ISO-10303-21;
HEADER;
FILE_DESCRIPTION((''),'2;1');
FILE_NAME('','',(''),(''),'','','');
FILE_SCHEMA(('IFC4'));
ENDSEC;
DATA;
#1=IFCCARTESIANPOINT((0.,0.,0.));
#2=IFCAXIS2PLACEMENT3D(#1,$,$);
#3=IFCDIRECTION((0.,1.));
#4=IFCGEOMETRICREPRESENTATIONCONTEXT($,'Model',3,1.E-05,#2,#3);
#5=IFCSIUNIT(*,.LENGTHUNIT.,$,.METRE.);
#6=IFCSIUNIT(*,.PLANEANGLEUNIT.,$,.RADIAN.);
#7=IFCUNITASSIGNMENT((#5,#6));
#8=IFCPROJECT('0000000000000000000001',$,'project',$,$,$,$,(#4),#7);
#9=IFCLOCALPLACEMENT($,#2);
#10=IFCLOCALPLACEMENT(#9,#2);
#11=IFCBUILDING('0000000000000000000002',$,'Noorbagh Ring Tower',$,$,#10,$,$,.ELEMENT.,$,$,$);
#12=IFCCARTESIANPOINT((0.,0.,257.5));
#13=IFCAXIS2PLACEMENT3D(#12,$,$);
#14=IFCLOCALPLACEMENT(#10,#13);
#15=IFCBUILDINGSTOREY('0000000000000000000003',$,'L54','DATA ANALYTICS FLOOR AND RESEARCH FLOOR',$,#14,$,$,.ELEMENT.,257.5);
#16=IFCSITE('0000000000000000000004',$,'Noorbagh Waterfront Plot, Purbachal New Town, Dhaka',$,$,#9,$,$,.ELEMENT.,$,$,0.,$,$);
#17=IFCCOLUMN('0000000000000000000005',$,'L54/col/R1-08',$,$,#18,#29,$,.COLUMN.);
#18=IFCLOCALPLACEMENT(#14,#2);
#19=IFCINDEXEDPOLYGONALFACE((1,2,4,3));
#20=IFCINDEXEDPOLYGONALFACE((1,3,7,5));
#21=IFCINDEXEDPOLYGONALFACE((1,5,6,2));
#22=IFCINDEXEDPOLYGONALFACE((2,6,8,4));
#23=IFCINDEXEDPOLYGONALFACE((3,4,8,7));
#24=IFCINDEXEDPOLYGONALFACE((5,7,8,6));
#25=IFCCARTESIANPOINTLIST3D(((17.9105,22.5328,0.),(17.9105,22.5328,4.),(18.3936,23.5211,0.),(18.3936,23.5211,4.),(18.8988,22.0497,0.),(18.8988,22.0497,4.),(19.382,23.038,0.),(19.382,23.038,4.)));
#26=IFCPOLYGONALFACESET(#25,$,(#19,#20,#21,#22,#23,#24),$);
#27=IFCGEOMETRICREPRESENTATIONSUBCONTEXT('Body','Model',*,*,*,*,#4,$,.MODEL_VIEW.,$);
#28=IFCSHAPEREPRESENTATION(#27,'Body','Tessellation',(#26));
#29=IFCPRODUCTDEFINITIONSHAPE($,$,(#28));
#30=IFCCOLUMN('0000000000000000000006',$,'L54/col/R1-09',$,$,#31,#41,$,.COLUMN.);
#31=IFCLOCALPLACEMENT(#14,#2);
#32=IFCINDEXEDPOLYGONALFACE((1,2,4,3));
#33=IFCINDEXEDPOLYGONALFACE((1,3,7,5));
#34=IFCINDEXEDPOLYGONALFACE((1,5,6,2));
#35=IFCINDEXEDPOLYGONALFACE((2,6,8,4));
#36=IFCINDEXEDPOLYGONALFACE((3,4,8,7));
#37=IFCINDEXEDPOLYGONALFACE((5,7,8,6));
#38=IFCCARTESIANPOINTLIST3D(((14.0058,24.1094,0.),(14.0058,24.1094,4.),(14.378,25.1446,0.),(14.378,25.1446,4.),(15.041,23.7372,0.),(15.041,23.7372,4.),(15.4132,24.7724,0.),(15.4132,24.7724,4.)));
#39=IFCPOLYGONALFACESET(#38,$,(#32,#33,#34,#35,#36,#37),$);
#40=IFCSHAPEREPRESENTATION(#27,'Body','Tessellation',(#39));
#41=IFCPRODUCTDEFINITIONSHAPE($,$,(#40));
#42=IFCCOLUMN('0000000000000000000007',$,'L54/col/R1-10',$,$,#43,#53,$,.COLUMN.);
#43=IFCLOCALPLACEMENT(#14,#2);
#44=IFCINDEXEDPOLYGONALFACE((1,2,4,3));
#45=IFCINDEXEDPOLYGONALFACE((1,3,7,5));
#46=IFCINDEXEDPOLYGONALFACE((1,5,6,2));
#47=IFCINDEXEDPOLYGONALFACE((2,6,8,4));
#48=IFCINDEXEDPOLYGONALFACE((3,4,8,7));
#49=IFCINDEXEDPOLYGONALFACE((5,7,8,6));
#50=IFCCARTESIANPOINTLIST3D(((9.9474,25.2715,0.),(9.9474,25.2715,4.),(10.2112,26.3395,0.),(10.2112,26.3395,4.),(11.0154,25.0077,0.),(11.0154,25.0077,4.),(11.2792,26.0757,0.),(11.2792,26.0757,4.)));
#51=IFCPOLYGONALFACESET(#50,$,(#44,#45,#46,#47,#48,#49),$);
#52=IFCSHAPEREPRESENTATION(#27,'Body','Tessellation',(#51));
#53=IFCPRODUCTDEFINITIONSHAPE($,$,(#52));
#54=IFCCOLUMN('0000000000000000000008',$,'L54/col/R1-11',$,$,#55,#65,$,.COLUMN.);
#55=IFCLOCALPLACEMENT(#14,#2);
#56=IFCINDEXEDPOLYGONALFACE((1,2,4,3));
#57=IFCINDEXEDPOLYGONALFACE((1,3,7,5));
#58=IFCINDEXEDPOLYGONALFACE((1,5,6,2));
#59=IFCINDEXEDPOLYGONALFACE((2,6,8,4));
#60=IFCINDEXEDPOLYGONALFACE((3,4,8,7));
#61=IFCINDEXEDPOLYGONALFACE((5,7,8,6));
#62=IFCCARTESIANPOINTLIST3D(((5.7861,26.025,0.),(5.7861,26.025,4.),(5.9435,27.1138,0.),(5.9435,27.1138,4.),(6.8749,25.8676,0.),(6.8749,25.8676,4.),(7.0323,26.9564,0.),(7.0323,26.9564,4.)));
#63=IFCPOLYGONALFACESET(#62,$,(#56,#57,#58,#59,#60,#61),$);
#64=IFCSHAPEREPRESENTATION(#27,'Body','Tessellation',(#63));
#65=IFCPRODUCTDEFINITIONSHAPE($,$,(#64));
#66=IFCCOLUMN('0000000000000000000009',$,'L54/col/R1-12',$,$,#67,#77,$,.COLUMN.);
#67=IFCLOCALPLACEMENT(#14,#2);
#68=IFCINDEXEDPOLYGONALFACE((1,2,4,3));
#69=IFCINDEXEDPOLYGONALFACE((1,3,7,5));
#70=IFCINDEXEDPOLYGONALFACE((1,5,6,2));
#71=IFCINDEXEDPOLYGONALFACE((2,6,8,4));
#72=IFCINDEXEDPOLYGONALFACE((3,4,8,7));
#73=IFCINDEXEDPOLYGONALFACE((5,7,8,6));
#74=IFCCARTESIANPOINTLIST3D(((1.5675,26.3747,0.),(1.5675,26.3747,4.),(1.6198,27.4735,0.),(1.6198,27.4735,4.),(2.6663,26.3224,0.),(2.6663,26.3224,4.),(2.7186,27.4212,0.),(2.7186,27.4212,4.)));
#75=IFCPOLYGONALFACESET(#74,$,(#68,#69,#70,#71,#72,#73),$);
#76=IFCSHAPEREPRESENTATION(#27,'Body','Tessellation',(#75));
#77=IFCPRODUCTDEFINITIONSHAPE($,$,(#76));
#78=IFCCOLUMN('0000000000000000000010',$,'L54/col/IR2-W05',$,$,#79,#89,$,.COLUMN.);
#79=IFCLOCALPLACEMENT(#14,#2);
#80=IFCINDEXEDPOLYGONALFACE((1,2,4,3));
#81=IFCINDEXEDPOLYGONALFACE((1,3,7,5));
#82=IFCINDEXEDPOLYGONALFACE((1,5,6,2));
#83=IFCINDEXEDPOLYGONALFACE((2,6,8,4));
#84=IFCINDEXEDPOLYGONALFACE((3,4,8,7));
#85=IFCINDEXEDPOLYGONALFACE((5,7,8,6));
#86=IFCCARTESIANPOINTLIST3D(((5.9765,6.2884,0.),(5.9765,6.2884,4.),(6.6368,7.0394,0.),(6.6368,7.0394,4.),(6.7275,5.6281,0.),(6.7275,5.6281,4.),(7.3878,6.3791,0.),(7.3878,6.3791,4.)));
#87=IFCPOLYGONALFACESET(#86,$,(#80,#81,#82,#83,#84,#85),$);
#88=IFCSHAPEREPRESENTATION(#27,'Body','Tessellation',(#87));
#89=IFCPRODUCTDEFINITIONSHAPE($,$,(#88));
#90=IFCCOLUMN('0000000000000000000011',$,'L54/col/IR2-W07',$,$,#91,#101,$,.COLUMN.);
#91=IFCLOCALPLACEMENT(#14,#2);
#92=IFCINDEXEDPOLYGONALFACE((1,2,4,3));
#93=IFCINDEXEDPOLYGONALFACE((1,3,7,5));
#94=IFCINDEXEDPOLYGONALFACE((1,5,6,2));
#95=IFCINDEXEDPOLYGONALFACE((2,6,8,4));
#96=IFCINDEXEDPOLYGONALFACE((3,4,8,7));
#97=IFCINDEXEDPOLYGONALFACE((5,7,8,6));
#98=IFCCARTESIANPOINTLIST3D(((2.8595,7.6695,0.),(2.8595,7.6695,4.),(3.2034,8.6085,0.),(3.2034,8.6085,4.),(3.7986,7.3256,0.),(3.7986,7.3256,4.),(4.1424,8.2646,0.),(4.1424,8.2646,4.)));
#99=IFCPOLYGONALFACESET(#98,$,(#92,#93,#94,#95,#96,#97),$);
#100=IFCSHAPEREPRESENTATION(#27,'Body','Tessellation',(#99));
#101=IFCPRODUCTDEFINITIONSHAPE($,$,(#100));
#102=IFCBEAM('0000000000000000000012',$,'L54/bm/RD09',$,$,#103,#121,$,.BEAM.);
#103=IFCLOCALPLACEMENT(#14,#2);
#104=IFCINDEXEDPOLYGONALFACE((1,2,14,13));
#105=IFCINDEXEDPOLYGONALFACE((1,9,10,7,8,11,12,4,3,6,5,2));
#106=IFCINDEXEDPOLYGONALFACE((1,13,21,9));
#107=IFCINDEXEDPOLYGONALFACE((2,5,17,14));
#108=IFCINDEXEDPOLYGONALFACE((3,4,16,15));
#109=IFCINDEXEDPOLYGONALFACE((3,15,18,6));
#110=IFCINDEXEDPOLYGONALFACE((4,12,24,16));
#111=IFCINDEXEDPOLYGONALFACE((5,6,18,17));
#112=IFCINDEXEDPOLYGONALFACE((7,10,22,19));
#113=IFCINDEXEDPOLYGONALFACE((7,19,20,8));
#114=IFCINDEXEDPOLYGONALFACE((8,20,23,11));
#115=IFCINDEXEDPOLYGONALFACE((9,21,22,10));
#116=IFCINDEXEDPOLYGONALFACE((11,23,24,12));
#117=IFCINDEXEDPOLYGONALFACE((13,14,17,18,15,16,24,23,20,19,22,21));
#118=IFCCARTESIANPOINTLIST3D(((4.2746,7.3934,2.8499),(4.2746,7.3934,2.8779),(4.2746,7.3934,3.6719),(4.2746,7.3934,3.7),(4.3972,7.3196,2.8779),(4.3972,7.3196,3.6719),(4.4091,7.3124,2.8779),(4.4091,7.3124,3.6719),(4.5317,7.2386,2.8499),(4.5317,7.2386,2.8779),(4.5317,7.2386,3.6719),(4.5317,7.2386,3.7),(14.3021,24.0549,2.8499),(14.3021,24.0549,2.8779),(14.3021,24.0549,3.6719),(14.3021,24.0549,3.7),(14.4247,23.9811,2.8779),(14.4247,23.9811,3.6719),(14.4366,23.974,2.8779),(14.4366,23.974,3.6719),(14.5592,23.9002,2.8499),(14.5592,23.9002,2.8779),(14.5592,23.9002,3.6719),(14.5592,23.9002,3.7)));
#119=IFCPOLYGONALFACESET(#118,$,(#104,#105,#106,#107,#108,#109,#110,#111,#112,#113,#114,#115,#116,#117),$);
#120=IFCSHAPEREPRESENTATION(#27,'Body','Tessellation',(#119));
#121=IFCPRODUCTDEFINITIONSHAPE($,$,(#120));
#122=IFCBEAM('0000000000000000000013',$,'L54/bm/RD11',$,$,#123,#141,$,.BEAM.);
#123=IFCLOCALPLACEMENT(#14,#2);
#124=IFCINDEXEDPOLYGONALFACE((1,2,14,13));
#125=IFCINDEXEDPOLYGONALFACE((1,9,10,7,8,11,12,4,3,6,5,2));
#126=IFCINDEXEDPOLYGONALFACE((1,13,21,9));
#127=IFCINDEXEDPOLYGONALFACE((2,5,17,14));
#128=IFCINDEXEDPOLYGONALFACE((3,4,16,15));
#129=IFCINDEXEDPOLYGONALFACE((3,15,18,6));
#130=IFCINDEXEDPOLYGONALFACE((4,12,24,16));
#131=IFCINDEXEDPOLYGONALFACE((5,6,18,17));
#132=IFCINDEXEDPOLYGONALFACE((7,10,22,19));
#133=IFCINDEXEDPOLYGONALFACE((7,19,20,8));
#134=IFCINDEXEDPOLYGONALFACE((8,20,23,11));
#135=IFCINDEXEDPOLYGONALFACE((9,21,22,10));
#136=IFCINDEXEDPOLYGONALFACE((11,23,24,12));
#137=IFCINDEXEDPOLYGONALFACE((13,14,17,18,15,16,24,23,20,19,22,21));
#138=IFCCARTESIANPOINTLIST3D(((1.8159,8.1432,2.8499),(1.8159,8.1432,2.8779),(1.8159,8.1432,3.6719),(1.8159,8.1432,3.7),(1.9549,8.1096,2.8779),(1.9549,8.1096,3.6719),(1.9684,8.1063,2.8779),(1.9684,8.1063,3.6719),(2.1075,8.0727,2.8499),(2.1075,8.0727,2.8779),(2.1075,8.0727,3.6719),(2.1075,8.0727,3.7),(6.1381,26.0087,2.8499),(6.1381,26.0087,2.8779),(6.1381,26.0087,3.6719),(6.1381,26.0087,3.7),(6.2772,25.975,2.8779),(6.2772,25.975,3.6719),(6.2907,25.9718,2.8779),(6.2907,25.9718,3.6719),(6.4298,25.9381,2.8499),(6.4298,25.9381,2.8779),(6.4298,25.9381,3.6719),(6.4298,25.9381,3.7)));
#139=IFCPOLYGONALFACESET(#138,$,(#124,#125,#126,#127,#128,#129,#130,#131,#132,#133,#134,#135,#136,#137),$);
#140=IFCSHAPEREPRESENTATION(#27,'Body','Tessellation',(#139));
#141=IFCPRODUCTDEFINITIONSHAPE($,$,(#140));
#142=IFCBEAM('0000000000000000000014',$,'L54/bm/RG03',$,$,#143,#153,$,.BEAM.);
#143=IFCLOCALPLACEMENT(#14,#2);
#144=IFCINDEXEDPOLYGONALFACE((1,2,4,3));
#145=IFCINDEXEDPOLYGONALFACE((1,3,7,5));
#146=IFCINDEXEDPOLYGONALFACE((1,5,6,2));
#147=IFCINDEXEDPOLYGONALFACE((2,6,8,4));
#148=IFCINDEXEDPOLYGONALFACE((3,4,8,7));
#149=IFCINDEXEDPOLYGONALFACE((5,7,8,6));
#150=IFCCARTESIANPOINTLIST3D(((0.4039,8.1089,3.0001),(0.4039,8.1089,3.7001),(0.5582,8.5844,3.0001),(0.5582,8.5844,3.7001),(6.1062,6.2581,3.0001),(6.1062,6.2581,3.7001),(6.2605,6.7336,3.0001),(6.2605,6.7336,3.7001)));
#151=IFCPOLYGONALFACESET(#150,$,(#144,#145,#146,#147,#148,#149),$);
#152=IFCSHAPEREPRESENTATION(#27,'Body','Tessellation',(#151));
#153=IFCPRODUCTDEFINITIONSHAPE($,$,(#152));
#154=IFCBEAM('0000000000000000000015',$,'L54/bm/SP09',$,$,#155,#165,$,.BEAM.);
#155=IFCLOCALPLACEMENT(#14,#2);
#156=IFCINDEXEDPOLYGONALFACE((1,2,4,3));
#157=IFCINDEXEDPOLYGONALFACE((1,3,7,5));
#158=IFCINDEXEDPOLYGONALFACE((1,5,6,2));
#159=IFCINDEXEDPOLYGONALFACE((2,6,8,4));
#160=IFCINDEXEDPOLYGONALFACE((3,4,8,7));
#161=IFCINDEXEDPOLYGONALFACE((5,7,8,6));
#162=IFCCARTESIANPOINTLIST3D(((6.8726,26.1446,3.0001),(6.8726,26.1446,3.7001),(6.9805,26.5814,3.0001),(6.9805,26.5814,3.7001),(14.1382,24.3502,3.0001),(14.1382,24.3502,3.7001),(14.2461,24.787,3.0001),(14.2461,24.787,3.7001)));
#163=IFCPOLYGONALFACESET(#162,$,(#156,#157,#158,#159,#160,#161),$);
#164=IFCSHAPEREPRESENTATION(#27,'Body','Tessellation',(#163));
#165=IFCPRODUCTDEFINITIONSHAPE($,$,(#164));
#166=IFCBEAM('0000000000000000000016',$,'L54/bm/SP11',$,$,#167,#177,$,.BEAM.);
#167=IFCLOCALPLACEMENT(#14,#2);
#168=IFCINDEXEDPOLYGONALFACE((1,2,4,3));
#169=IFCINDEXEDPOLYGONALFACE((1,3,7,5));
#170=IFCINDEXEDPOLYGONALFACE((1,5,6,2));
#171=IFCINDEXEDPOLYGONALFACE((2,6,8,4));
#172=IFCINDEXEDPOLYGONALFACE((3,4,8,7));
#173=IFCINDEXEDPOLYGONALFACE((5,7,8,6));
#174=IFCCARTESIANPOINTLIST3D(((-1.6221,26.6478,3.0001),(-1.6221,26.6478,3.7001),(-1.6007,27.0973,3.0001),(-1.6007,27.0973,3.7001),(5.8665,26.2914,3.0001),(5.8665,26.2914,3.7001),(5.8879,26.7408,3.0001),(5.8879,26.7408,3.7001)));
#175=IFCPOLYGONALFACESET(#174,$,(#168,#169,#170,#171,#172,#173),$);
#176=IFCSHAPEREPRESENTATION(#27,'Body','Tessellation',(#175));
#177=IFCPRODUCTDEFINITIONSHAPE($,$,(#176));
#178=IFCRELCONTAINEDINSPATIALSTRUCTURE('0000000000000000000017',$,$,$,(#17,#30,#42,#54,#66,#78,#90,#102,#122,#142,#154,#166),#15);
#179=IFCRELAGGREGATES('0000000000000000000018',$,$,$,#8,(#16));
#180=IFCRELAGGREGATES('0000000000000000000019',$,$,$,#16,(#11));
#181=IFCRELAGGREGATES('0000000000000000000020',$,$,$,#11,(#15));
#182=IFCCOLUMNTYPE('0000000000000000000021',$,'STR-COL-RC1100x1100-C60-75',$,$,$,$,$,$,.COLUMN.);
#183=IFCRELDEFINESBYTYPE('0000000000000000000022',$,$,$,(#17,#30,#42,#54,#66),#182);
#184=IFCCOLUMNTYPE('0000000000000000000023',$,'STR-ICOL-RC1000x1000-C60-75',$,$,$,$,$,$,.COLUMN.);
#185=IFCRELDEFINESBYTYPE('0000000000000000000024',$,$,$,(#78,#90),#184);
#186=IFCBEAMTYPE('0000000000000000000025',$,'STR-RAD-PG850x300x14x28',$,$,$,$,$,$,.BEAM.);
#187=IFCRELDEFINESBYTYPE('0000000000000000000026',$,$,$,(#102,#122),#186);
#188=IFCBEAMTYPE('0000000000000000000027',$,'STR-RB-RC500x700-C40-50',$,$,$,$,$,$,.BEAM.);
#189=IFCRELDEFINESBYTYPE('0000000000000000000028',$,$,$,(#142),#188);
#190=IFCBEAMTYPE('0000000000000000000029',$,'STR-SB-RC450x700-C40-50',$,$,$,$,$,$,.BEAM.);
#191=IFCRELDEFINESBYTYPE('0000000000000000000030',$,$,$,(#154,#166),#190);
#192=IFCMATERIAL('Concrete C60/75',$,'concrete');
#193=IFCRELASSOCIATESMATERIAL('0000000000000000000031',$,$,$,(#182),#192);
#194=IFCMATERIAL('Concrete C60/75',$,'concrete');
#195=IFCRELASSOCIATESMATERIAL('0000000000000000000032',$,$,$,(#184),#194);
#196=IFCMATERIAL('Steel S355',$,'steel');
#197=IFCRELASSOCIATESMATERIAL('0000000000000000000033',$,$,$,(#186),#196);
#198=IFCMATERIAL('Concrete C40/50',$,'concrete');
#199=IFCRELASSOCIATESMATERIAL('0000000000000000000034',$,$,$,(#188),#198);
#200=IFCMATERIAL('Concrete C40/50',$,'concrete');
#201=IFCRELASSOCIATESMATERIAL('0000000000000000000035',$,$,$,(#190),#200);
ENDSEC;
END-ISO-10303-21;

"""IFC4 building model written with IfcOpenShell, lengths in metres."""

from ifc_helpers import new_model, si_unit, direction, frame, origin, origin_2d, place, context, subcontext, project, spatial, rectangle, i_section, extrude, material, material_profile, profile_set, type_object, element, save


model = new_model("IFC4")

# Units and contexts
model_context = context("Model", 3, precision=1e-05, world=origin(), true_north=direction((0.0, 1.0)))
body_context = subcontext(model_context, "Body", "Model", "MODEL_VIEW")
ifc_project = project(units=[si_unit("LENGTHUNIT", "METRE"), si_unit("PLANEANGLEUNIT", "RADIAN")], contexts=[model_context])

# Site, building, storey
site_placement = place(None, origin())
site = spatial("IfcSite", under=ifc_project, at=site_placement, Name="Noorbagh Waterfront Plot, Purbachal New Town, Dhaka", CompositionType="ELEMENT", RefElevation=0.0)
building_placement = place(site_placement, origin())
building = spatial("IfcBuilding", under=site, at=building_placement, Name="Noorbagh Ring Tower", CompositionType="ELEMENT")
storey_placement = place(building_placement, frame((0.0, 0.0, 257.5)))
storey = spatial("IfcBuildingStorey", under=building, at=storey_placement, Name="L54", Description="DATA ANALYTICS FLOOR AND RESEARCH FLOOR", CompositionType="ELEMENT", Elevation=257.5)

# Columns
ifc_material_1 = material(Name="Concrete C60/75", Category="concrete")
ifc_material_profile_1 = material_profile(ifc_material_1, rectangle(XDim=1.1001, YDim=1.1001, at=origin_2d()), Name="RC1100x1100")
ifc_profile_set_1 = profile_set([ifc_material_profile_1], Name="Concrete C60/75")
column_type_1 = type_object("IfcColumnType", Name="STR-COL-RC1100x1100-C60-75", PredefinedType="COLUMN", material=ifc_profile_set_1)
for number, where, z_axis, x_axis, name in (
    (1, (18.6462, 22.7854, 0.0), (0.0, 0.0, 1.0), (-0.898399, 0.43918, 0.0), "L54/col/R1-08"),
    (2, (14.7095, 24.4409, 0.0), (0.0, 0.0, 1.0), (-0.941025, 0.338338, 0.0), "L54/col/R1-09"),
    (3, (10.6133, 25.6736, 0.0), (0.0, 0.0, 1.0), (-0.970829, 0.239771, 0.0), "L54/col/R1-10"),
    (4, (6.4092, 26.4907, 0.0), (0.0, 0.0, 1.0), (-0.989713, 0.143066, 0.0), "L54/col/R1-11"),
    (5, (2.1431, 26.8979, 0.0), (0.0, 0.0, 1.0), (-0.998869, 0.047553, 0.0), "L54/col/R1-12"),
):
    element("IfcColumn", number, at=place(storey_placement, frame(where, z_axis=z_axis, x_axis=x_axis)), inside=storey, type_object=column_type_1, Name=name, PredefinedType="COLUMN", context=body_context, shape_type="SweptSolid", body=[
        extrude(rectangle(XDim=1.1001, YDim=1.1001, at=origin_2d()), origin(), (0.0, 0.0, 1.0), 4.0),
    ])
ifc_material_2 = material(Name="Concrete C60/75", Category="concrete")
ifc_material_profile_2 = material_profile(ifc_material_2, rectangle(XDim=1.0, YDim=1.0, at=origin_2d()), Name="RC1000x1000")
ifc_profile_set_2 = profile_set([ifc_material_profile_2], Name="Concrete C60/75")
column_type_2 = type_object("IfcColumnType", Name="STR-ICOL-RC1000x1000-C60-75", PredefinedType="COLUMN", material=ifc_profile_set_2)
for number, where, z_axis, x_axis, name in (
    (6, (6.6821, 6.3337, 0.0), (0.0, 0.0, 1.0), (-0.751022, 0.660277, 0.0), "L54/col/IR2-W05"),
    (7, (3.501, 7.967, 0.0), (0.0, 0.0, 1.0), (-0.93902, 0.343864, 0.0), "L54/col/IR2-W07"),
):
    element("IfcColumn", number, at=place(storey_placement, frame(where, z_axis=z_axis, x_axis=x_axis)), inside=storey, type_object=column_type_2, Name=name, PredefinedType="COLUMN", context=body_context, shape_type="SweptSolid", body=[
        extrude(rectangle(XDim=1.0, YDim=1.0, at=origin_2d()), origin(), (0.0, 0.0, 1.0), 4.0),
    ])

# Beams
ifc_material_3 = material(Name="Steel S355", Category="steel")
ifc_material_profile_3 = material_profile(ifc_material_3, i_section(OverallWidth=0.3, OverallDepth=0.8501, WebThickness=0.0139, FlangeThickness=0.0281, at=origin_2d()), Name="PG850x300x14x28")
ifc_profile_set_3 = profile_set([ifc_material_profile_3], Name="Steel S355")
beam_type_1 = type_object("IfcBeamType", Name="STR-RAD-PG850x300x14x28", PredefinedType="BEAM", material=ifc_profile_set_3)
beam_1_placement = place(storey_placement, frame((14.4307, 23.9775, 3.2749), z_axis=(-0.515653, -0.856798, 0.0), x_axis=(0.856798, -0.515653, 0.0)))
element("IfcBeam", 8, at=beam_1_placement, inside=storey, type_object=beam_type_1, Name="L54/bm/RD09", PredefinedType="BEAM", context=body_context, shape_type="SweptSolid", body=[
    extrude(i_section(OverallWidth=0.3, OverallDepth=0.8501, WebThickness=0.0139, FlangeThickness=0.0281, at=origin_2d()), origin(), (0.0, 0.0, 1.0), 19.4463),
])
beam_2_placement = place(storey_placement, frame((6.2839, 25.9734, 3.2749), z_axis=(-0.23515, -0.971959, 0.0), x_axis=(0.971959, -0.23515, 0.0)))
element("IfcBeam", 9, at=beam_2_placement, inside=storey, type_object=beam_type_1, Name="L54/bm/RD11", PredefinedType="BEAM", context=body_context, shape_type="SweptSolid", body=[
    extrude(i_section(OverallWidth=0.3, OverallDepth=0.8501, WebThickness=0.0139, FlangeThickness=0.0281, at=origin_2d()), origin(), (0.0, 0.0, 1.0), 18.3809),
])
ifc_material_4 = material(Name="Concrete C40/50", Category="concrete")
ifc_material_profile_4 = material_profile(ifc_material_4, rectangle(XDim=0.5, YDim=0.7, at=origin_2d()), Name="RC500x700")
ifc_profile_set_4 = profile_set([ifc_material_profile_4], Name="Concrete C40/50")
beam_type_2 = type_object("IfcBeamType", Name="STR-RB-RC500x700-C40-50", PredefinedType="BEAM", material=ifc_profile_set_4)
beam_3_placement = place(storey_placement, frame((6.1833, 6.4958, 3.3501), z_axis=(-0.951154, 0.308717, 0.0), x_axis=(-0.308717, -0.951154, 0.0)))
element("IfcBeam", 10, at=beam_3_placement, inside=storey, type_object=beam_type_2, Name="L54/bm/RG03", PredefinedType="BEAM", context=body_context, shape_type="SweptSolid", body=[
    extrude(rectangle(XDim=0.5, YDim=0.7, at=origin_2d()), origin(), (0.0, 0.0, 1.0), 5.9951),
])
ifc_material_5 = material(Name="Concrete C40/50", Category="concrete")
ifc_material_profile_5 = material_profile(ifc_material_5, rectangle(XDim=0.45, YDim=0.7, at=origin_2d()), Name="RC450x700")
ifc_profile_set_5 = profile_set([ifc_material_profile_5], Name="Concrete C40/50")
beam_type_3 = type_object("IfcBeamType", Name="STR-SB-RC450x700-C40-50", PredefinedType="BEAM", material=ifc_profile_set_5)
beam_4_placement = place(storey_placement, frame((14.1921, 24.5686, 3.3501), z_axis=(-0.970829, 0.239771, 0.0), x_axis=(-0.239771, -0.970829, 0.0)))
element("IfcBeam", 11, at=beam_4_placement, inside=storey, type_object=beam_type_3, Name="L54/bm/SP09", PredefinedType="BEAM", context=body_context, shape_type="SweptSolid", body=[
    extrude(rectangle(XDim=0.45, YDim=0.7, at=origin_2d()), origin(), (0.0, 0.0, 1.0), 7.4839),
])
beam_5_placement = place(storey_placement, frame((5.8772, 26.5161, 3.3501), z_axis=(-0.998869, 0.047545, 0.0), x_axis=(-0.047545, -0.998869, 0.0)))
element("IfcBeam", 12, at=beam_5_placement, inside=storey, type_object=beam_type_3, Name="L54/bm/SP11", PredefinedType="BEAM", context=body_context, shape_type="SweptSolid", body=[
    extrude(rectangle(XDim=0.45, YDim=0.7, at=origin_2d()), origin(), (0.0, 0.0, 1.0), 7.4971),
])

save(model, "model.ifc")
